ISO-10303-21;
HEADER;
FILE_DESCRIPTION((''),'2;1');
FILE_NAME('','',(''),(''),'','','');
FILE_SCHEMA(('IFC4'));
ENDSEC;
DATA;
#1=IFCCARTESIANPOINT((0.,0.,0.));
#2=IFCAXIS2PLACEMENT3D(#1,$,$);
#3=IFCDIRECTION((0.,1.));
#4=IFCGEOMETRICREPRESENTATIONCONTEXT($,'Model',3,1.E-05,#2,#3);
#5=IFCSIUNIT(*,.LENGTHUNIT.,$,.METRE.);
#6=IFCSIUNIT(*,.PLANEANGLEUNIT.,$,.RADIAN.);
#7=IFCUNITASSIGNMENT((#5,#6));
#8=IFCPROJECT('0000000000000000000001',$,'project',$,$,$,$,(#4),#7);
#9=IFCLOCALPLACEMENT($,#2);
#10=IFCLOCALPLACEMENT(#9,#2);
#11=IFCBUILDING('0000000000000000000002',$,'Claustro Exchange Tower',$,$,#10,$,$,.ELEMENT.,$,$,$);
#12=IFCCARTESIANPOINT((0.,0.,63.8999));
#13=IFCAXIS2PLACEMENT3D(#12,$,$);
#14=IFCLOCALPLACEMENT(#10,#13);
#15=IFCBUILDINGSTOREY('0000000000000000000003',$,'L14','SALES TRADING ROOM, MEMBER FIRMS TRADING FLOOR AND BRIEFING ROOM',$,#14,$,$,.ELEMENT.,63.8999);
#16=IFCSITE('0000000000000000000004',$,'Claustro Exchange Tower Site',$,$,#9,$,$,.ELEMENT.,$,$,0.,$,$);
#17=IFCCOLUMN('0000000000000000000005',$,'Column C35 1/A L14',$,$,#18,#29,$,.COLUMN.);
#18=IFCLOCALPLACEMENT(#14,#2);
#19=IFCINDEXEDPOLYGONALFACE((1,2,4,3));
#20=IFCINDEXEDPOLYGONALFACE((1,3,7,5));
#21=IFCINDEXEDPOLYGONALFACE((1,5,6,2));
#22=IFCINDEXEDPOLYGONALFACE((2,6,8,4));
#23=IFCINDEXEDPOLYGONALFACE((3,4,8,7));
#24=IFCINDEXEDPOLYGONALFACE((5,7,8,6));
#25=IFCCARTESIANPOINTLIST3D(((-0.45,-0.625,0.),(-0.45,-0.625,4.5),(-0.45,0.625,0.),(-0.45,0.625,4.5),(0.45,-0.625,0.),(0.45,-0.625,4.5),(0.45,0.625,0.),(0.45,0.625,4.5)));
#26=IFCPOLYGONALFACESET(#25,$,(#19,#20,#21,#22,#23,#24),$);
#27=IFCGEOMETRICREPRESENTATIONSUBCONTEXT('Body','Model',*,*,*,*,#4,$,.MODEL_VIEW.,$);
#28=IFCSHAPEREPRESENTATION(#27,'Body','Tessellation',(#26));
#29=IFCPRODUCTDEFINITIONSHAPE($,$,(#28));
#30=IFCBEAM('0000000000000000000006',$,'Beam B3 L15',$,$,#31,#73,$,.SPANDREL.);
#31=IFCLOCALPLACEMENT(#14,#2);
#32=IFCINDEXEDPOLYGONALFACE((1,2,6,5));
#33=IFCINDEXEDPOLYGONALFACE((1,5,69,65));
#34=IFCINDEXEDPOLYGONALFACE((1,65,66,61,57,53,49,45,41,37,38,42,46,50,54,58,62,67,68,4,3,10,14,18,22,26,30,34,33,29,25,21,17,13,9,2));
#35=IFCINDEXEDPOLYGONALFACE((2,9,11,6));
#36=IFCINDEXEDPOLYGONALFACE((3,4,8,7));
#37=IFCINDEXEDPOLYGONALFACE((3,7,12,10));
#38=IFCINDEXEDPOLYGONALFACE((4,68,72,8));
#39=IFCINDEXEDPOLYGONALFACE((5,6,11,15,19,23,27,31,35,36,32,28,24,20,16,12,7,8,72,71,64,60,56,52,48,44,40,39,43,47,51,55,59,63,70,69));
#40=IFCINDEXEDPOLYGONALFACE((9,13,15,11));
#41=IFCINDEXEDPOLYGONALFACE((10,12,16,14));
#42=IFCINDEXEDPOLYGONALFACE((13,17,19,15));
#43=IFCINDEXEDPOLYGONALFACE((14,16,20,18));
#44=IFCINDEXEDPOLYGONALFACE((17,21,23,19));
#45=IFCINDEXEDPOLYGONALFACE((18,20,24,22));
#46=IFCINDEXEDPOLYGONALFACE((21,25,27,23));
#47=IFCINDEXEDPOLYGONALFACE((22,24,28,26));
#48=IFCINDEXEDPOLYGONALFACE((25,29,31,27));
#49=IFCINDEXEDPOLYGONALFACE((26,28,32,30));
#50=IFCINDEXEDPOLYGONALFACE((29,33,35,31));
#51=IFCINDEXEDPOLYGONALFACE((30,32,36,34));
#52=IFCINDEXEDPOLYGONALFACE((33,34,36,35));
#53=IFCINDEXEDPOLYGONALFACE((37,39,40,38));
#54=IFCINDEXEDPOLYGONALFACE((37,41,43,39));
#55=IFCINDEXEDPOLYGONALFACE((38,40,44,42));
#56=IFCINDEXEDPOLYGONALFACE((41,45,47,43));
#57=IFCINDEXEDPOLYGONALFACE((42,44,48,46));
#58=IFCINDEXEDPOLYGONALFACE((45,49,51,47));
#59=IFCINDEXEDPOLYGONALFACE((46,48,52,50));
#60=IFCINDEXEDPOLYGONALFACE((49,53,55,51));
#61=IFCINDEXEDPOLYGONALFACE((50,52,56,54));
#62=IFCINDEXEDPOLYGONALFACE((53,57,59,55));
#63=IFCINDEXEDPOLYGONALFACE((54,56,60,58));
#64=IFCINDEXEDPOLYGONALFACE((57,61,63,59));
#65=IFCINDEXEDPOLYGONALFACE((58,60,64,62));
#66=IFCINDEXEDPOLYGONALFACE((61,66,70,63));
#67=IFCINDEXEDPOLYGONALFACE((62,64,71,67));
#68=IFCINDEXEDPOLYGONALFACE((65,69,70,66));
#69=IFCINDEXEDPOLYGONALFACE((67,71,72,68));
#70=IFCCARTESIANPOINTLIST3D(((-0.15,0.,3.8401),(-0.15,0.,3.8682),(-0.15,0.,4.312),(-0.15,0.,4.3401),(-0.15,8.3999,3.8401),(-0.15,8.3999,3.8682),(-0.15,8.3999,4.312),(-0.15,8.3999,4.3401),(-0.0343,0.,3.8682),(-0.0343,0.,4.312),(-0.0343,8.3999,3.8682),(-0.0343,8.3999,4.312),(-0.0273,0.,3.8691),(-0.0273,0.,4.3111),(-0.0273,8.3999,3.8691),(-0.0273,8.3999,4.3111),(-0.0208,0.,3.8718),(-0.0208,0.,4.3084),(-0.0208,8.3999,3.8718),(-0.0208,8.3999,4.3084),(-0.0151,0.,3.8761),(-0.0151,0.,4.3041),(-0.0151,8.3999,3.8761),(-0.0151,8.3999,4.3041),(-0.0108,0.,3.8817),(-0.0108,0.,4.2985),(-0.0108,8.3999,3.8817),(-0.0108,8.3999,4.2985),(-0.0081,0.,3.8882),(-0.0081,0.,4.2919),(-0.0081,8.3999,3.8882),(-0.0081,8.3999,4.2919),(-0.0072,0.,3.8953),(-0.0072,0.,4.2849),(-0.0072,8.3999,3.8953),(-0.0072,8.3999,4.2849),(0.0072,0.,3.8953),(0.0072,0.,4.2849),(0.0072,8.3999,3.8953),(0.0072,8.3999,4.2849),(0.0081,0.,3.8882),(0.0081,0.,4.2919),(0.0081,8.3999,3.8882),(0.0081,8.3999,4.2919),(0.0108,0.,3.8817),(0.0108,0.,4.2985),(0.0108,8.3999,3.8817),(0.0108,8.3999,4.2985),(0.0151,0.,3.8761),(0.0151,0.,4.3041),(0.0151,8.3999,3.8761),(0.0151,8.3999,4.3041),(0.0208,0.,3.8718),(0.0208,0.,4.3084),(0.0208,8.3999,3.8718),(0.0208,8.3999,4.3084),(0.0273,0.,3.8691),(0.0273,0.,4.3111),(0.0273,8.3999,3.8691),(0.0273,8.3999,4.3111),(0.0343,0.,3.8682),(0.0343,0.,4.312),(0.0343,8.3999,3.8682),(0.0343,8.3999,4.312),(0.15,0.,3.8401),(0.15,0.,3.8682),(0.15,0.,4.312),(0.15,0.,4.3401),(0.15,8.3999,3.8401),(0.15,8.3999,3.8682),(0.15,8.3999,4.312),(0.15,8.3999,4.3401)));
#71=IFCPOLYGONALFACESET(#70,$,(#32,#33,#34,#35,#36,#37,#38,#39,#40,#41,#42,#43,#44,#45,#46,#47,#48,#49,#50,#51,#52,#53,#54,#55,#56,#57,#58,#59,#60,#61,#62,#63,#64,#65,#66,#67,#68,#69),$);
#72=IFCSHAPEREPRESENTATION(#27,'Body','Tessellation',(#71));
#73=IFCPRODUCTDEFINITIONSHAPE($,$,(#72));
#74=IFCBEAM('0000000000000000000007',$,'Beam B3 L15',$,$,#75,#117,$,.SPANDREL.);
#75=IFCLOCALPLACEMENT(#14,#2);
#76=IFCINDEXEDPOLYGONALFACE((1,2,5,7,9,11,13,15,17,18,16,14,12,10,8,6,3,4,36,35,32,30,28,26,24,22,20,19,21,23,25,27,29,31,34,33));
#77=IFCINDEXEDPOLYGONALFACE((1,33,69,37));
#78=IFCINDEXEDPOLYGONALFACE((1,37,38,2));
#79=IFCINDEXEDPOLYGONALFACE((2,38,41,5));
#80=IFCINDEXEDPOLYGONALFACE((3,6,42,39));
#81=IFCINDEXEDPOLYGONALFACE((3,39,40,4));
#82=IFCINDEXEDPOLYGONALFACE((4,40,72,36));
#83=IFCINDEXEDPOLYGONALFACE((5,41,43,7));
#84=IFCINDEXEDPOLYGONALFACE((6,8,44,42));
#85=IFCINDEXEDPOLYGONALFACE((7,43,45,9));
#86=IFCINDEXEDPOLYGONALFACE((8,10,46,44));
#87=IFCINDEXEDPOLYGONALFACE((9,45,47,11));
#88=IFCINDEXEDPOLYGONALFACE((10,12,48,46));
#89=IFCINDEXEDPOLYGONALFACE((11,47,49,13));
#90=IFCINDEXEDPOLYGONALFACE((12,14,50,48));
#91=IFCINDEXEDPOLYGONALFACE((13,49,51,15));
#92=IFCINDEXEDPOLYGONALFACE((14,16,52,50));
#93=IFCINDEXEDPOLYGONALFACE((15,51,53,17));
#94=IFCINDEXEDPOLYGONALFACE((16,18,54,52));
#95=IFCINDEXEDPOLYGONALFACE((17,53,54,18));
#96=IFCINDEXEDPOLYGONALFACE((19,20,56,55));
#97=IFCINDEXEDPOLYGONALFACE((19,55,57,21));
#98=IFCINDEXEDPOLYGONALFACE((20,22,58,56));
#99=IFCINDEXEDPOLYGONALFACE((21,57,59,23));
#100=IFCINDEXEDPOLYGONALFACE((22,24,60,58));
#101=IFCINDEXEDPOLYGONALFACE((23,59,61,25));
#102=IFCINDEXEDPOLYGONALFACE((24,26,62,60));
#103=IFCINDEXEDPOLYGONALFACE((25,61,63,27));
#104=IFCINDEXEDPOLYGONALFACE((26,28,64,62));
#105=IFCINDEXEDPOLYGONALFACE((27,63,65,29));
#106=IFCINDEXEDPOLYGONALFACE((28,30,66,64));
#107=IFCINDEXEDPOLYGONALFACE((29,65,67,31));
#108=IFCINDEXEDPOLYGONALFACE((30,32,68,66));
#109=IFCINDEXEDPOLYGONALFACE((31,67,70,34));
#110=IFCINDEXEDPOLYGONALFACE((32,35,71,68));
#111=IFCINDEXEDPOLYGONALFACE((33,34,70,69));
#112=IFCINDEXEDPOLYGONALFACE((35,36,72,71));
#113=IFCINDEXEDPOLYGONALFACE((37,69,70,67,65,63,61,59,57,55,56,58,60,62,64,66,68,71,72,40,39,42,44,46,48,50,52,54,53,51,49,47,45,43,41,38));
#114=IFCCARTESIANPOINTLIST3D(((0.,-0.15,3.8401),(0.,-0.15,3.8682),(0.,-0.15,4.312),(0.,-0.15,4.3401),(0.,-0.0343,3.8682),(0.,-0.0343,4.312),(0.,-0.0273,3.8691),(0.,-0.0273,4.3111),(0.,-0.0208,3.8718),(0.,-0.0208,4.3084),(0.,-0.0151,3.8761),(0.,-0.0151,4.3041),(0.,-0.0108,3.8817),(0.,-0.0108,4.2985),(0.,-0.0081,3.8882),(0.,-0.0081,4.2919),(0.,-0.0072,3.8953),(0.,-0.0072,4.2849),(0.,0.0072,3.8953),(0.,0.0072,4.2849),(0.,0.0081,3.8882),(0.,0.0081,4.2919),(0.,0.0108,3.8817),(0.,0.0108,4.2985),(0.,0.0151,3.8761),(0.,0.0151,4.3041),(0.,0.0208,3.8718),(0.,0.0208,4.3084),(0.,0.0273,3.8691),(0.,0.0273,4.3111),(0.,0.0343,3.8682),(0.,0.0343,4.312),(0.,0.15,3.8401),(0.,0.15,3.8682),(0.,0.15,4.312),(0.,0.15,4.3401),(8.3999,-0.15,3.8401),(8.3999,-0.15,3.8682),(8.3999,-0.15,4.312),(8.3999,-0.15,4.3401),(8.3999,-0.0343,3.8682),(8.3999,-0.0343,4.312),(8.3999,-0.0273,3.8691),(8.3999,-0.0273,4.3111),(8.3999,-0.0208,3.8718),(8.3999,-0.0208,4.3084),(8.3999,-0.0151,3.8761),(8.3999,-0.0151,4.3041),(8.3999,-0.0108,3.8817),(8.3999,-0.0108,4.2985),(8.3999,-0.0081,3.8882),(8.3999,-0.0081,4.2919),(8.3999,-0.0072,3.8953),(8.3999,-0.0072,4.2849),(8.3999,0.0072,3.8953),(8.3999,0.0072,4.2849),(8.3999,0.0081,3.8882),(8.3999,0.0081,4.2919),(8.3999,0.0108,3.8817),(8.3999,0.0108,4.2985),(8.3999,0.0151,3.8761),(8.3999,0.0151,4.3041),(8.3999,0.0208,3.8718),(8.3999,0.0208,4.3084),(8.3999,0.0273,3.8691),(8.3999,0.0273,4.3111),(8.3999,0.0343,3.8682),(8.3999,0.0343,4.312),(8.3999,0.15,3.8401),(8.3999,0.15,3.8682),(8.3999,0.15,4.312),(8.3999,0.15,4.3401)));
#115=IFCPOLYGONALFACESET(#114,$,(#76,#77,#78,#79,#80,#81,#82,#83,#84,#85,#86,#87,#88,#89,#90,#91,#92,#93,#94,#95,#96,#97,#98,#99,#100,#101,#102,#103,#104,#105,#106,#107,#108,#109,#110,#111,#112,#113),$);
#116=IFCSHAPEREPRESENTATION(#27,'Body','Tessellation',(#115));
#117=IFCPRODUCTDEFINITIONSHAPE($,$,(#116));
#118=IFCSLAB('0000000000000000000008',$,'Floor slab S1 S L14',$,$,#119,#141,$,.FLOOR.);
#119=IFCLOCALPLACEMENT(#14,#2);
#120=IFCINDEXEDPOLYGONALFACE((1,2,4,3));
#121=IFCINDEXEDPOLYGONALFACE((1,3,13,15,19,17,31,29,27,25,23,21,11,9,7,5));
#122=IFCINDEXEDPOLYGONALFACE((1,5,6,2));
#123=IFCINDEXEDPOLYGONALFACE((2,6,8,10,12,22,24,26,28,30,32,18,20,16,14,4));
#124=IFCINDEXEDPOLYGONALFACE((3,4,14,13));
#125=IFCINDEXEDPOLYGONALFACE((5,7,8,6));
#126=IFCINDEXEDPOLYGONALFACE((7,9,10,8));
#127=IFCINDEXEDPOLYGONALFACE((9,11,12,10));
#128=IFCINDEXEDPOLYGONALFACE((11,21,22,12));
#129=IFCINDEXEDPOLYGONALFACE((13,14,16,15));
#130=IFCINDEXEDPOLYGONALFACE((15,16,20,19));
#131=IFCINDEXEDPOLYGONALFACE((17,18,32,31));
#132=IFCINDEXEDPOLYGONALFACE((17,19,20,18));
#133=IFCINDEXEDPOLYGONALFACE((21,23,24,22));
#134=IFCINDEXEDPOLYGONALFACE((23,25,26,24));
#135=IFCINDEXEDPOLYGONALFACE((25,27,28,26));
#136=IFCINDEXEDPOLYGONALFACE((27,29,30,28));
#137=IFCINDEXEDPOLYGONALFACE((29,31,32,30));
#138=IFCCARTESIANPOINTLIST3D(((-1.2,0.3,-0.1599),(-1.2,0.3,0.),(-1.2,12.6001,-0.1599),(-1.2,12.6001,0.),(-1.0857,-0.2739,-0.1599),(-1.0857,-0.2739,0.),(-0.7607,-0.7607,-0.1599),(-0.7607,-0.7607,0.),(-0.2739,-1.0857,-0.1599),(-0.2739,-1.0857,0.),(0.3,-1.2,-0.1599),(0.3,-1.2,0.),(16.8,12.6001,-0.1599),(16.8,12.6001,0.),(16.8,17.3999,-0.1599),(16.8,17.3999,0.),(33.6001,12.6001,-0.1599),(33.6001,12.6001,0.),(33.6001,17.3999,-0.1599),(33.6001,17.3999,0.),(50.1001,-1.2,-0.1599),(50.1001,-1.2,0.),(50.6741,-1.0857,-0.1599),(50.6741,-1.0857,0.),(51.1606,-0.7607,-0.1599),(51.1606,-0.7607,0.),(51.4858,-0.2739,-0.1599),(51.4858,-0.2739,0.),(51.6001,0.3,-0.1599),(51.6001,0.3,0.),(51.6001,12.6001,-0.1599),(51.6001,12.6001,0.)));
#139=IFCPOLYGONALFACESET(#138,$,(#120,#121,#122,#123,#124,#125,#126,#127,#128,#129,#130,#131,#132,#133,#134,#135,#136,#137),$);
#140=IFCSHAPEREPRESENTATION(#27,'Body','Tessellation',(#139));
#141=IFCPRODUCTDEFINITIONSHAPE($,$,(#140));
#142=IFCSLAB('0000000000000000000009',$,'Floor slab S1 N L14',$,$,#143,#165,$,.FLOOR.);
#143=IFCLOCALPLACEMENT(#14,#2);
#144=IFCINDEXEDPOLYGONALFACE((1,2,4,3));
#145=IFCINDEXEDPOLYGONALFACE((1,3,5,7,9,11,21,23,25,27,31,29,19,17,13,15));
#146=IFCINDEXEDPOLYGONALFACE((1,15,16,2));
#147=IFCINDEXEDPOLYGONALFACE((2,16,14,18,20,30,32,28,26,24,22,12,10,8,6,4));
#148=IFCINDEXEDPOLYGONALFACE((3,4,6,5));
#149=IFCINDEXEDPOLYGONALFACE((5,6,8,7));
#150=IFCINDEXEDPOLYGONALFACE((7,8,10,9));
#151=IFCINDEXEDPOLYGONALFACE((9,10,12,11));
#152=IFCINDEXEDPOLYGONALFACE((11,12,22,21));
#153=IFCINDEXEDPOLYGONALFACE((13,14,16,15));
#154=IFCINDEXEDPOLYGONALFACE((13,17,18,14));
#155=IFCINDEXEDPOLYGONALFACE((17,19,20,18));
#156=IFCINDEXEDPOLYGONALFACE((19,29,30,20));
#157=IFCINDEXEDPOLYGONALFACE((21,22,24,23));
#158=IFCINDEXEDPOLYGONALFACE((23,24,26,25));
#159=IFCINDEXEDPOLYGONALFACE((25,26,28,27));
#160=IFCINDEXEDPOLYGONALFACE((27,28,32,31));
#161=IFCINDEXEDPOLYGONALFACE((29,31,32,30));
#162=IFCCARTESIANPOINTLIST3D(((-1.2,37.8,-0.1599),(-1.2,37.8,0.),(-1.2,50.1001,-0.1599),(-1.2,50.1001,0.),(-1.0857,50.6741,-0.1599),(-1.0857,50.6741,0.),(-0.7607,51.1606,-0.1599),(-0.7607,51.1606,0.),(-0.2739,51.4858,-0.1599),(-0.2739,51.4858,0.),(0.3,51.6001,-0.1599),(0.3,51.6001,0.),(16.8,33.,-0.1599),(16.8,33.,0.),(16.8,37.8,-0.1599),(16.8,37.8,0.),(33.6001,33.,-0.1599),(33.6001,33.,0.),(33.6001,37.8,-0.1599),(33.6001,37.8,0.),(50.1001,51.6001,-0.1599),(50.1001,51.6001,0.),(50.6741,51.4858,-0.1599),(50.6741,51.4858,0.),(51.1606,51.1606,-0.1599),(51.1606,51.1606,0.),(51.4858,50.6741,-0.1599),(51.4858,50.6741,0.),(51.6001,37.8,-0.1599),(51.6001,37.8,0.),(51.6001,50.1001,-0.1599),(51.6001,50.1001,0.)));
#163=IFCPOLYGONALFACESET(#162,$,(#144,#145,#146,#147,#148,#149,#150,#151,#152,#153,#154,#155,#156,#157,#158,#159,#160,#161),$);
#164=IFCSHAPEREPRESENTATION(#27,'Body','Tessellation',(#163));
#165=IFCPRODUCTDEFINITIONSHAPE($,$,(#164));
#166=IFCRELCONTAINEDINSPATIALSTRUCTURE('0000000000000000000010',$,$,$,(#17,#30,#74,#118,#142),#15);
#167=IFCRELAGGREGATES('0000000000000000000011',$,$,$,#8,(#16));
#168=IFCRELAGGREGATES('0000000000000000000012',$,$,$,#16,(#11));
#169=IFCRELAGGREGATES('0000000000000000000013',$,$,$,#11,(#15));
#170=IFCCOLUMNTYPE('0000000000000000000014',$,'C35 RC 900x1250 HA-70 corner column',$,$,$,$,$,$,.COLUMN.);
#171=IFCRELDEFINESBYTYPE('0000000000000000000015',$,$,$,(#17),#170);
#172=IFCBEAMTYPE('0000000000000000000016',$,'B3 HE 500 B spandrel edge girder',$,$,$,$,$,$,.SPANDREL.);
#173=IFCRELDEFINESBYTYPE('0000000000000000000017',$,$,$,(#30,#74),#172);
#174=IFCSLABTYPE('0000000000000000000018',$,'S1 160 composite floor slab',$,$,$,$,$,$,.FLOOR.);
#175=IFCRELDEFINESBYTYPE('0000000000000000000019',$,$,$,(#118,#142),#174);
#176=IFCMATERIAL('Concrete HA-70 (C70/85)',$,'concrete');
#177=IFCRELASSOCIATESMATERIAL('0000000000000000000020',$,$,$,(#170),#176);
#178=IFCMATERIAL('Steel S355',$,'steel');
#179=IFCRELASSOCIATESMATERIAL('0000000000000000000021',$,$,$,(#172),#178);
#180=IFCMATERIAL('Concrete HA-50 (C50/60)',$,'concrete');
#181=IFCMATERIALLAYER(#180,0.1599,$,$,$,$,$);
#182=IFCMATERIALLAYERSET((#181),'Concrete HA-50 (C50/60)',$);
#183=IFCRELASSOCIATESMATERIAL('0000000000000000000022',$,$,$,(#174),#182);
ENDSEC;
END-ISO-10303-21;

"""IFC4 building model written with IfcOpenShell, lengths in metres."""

from ifc_helpers import new_model, si_unit, direction, frame, origin, origin_with_axes, origin_2d, place, context, subcontext, project, spatial, polyline, rectangle, i_section, outline, extrude, material, layer, layer_set, material_profile, profile_set, type_object, element, save


model = new_model("IFC4")

# Units and contexts
model_context = context("Model", 3, precision=1e-05, world=origin(), true_north=direction((0.0, 1.0)))
body_context = subcontext(model_context, "Body", "Model", "MODEL_VIEW")
ifc_project = project(units=[si_unit("LENGTHUNIT", "METRE"), si_unit("PLANEANGLEUNIT", "RADIAN")], contexts=[model_context])

# Site, building, storey
site_placement = place(None, origin())
site = spatial("IfcSite", under=ifc_project, at=site_placement, Name="Claustro Exchange Tower Site", CompositionType="ELEMENT", RefElevation=0.0)
building_placement = place(site_placement, origin())
building = spatial("IfcBuilding", under=site, at=building_placement, Name="Claustro Exchange Tower", CompositionType="ELEMENT")
storey_placement = place(building_placement, frame((0.0, 0.0, 63.8999)))
storey = spatial("IfcBuildingStorey", under=building, at=storey_placement, Name="L14", Description="SALES TRADING ROOM, MEMBER FIRMS TRADING FLOOR AND BRIEFING ROOM", CompositionType="ELEMENT", Elevation=63.8999)

# Column
ifc_material_1 = material(Name="Concrete HA-70 (C70/85)", Category="concrete")
ifc_material_profile_1 = material_profile(ifc_material_1, rectangle(XDim=0.8999, YDim=1.25, at=origin_2d()), Name="RC 900x1250")
ifc_profile_set_1 = profile_set([ifc_material_profile_1], Name="Concrete HA-70 (C70/85)")
column_type = type_object("IfcColumnType", Name="C35 RC 900x1250 HA-70 corner column", PredefinedType="COLUMN", material=ifc_profile_set_1)
column_placement = place(storey_placement, origin_with_axes())
element("IfcColumn", 1, at=column_placement, inside=storey, type_object=column_type, Name="Column C35 1/A L14", PredefinedType="COLUMN", context=body_context, shape_type="SweptSolid", body=[
    extrude(rectangle(XDim=0.8999, YDim=1.25, at=origin_2d()), origin(), (0.0, 0.0, 1.0), 4.5),
])

# Beams
ifc_material_2 = material(Name="Steel S355", Category="steel")
ifc_material_profile_2 = material_profile(ifc_material_2, i_section(OverallWidth=0.3, OverallDepth=0.5, WebThickness=0.0144, FlangeThickness=0.0281, FilletRadius=0.0271, at=origin_2d()), Name="HE 500 B")
ifc_profile_set_2 = profile_set([ifc_material_profile_2], Name="Steel S355")
beam_type = type_object("IfcBeamType", Name="B3 HE 500 B spandrel edge girder", PredefinedType="SPANDREL", material=ifc_profile_set_2)
for number, where, z_axis, x_axis, name in (
    (2, (0.0, 0.0, 4.0901), (0.0, 1.0, 0.0), (-1.0, 0.0, 0.0), "Beam B3 L15"),
    (3, (0.0, 0.0, 4.0901), (1.0, 0.0, 0.0), (0.0, 1.0, 0.0), "Beam B3 L15"),
):
    element("IfcBeam", number, at=place(storey_placement, frame(where, z_axis=z_axis, x_axis=x_axis)), inside=storey, type_object=beam_type, Name=name, PredefinedType="SPANDREL", context=body_context, shape_type="SweptSolid", body=[
        extrude(i_section(OverallWidth=0.3, OverallDepth=0.5, WebThickness=0.0144, FlangeThickness=0.0281, FilletRadius=0.0271, at=origin_2d()), origin(), (0.0, 0.0, 1.0), 8.3999),
    ])

# Slabs
ifc_material_3 = material(Name="Concrete HA-50 (C50/60)", Category="concrete")
ifc_layer_1 = layer(ifc_material_3, 0.1599)
ifc_layer_set_1 = layer_set([ifc_layer_1], Name="Concrete HA-50 (C50/60)")
slab_type_1 = type_object("IfcSlabType", Name="S1 160 composite floor slab", PredefinedType="FLOOR", material=ifc_layer_set_1)
slab_1_placement = place(storey_placement, frame((0.0, 0.0, -0.1599)))
element("IfcSlab", 4, at=slab_1_placement, inside=storey, type_object=slab_type_1, Name="Floor slab S1 S L14", PredefinedType="FLOOR", context=body_context, shape_type="SweptSolid", body=[
    extrude(outline(polyline([(-0.2739, -1.0857), (0.3, -1.2), (50.1001, -1.2), (50.6741, -1.0857), (51.1606, -0.7607), (51.4858, -0.2739), (51.6001, 0.3), (51.6001, 12.6001), (33.6001, 12.6001), (33.6001, 17.3999), (16.8, 17.3999), (16.8, 12.6001), (-1.2, 12.6001), (-1.2, 0.3), (-1.0857, -0.2739), (-0.7607, -0.7607), (-0.2739, -1.0857)])), origin(), (0.0, 0.0, 1.0), 0.1599),
])
slab_2_placement = place(storey_placement, frame((0.0, 0.0, -0.1599)))
element("IfcSlab", 5, at=slab_2_placement, inside=storey, type_object=slab_type_1, Name="Floor slab S1 N L14", PredefinedType="FLOOR", context=body_context, shape_type="SweptSolid", body=[
    extrude(outline(polyline([(16.8, 37.8), (16.8, 33.0), (33.6001, 33.0), (33.6001, 37.8), (51.6001, 37.8), (51.6001, 50.1001), (51.4858, 50.6741), (51.1606, 51.1606), (50.6741, 51.4858), (50.1001, 51.6001), (0.3, 51.6001), (-0.2739, 51.4858), (-0.7607, 51.1606), (-1.0857, 50.6741), (-1.2, 50.1001), (-1.2, 37.8), (16.8, 37.8)])), origin(), (0.0, 0.0, 1.0), 0.1599),
])

save(model, "model.ifc")
